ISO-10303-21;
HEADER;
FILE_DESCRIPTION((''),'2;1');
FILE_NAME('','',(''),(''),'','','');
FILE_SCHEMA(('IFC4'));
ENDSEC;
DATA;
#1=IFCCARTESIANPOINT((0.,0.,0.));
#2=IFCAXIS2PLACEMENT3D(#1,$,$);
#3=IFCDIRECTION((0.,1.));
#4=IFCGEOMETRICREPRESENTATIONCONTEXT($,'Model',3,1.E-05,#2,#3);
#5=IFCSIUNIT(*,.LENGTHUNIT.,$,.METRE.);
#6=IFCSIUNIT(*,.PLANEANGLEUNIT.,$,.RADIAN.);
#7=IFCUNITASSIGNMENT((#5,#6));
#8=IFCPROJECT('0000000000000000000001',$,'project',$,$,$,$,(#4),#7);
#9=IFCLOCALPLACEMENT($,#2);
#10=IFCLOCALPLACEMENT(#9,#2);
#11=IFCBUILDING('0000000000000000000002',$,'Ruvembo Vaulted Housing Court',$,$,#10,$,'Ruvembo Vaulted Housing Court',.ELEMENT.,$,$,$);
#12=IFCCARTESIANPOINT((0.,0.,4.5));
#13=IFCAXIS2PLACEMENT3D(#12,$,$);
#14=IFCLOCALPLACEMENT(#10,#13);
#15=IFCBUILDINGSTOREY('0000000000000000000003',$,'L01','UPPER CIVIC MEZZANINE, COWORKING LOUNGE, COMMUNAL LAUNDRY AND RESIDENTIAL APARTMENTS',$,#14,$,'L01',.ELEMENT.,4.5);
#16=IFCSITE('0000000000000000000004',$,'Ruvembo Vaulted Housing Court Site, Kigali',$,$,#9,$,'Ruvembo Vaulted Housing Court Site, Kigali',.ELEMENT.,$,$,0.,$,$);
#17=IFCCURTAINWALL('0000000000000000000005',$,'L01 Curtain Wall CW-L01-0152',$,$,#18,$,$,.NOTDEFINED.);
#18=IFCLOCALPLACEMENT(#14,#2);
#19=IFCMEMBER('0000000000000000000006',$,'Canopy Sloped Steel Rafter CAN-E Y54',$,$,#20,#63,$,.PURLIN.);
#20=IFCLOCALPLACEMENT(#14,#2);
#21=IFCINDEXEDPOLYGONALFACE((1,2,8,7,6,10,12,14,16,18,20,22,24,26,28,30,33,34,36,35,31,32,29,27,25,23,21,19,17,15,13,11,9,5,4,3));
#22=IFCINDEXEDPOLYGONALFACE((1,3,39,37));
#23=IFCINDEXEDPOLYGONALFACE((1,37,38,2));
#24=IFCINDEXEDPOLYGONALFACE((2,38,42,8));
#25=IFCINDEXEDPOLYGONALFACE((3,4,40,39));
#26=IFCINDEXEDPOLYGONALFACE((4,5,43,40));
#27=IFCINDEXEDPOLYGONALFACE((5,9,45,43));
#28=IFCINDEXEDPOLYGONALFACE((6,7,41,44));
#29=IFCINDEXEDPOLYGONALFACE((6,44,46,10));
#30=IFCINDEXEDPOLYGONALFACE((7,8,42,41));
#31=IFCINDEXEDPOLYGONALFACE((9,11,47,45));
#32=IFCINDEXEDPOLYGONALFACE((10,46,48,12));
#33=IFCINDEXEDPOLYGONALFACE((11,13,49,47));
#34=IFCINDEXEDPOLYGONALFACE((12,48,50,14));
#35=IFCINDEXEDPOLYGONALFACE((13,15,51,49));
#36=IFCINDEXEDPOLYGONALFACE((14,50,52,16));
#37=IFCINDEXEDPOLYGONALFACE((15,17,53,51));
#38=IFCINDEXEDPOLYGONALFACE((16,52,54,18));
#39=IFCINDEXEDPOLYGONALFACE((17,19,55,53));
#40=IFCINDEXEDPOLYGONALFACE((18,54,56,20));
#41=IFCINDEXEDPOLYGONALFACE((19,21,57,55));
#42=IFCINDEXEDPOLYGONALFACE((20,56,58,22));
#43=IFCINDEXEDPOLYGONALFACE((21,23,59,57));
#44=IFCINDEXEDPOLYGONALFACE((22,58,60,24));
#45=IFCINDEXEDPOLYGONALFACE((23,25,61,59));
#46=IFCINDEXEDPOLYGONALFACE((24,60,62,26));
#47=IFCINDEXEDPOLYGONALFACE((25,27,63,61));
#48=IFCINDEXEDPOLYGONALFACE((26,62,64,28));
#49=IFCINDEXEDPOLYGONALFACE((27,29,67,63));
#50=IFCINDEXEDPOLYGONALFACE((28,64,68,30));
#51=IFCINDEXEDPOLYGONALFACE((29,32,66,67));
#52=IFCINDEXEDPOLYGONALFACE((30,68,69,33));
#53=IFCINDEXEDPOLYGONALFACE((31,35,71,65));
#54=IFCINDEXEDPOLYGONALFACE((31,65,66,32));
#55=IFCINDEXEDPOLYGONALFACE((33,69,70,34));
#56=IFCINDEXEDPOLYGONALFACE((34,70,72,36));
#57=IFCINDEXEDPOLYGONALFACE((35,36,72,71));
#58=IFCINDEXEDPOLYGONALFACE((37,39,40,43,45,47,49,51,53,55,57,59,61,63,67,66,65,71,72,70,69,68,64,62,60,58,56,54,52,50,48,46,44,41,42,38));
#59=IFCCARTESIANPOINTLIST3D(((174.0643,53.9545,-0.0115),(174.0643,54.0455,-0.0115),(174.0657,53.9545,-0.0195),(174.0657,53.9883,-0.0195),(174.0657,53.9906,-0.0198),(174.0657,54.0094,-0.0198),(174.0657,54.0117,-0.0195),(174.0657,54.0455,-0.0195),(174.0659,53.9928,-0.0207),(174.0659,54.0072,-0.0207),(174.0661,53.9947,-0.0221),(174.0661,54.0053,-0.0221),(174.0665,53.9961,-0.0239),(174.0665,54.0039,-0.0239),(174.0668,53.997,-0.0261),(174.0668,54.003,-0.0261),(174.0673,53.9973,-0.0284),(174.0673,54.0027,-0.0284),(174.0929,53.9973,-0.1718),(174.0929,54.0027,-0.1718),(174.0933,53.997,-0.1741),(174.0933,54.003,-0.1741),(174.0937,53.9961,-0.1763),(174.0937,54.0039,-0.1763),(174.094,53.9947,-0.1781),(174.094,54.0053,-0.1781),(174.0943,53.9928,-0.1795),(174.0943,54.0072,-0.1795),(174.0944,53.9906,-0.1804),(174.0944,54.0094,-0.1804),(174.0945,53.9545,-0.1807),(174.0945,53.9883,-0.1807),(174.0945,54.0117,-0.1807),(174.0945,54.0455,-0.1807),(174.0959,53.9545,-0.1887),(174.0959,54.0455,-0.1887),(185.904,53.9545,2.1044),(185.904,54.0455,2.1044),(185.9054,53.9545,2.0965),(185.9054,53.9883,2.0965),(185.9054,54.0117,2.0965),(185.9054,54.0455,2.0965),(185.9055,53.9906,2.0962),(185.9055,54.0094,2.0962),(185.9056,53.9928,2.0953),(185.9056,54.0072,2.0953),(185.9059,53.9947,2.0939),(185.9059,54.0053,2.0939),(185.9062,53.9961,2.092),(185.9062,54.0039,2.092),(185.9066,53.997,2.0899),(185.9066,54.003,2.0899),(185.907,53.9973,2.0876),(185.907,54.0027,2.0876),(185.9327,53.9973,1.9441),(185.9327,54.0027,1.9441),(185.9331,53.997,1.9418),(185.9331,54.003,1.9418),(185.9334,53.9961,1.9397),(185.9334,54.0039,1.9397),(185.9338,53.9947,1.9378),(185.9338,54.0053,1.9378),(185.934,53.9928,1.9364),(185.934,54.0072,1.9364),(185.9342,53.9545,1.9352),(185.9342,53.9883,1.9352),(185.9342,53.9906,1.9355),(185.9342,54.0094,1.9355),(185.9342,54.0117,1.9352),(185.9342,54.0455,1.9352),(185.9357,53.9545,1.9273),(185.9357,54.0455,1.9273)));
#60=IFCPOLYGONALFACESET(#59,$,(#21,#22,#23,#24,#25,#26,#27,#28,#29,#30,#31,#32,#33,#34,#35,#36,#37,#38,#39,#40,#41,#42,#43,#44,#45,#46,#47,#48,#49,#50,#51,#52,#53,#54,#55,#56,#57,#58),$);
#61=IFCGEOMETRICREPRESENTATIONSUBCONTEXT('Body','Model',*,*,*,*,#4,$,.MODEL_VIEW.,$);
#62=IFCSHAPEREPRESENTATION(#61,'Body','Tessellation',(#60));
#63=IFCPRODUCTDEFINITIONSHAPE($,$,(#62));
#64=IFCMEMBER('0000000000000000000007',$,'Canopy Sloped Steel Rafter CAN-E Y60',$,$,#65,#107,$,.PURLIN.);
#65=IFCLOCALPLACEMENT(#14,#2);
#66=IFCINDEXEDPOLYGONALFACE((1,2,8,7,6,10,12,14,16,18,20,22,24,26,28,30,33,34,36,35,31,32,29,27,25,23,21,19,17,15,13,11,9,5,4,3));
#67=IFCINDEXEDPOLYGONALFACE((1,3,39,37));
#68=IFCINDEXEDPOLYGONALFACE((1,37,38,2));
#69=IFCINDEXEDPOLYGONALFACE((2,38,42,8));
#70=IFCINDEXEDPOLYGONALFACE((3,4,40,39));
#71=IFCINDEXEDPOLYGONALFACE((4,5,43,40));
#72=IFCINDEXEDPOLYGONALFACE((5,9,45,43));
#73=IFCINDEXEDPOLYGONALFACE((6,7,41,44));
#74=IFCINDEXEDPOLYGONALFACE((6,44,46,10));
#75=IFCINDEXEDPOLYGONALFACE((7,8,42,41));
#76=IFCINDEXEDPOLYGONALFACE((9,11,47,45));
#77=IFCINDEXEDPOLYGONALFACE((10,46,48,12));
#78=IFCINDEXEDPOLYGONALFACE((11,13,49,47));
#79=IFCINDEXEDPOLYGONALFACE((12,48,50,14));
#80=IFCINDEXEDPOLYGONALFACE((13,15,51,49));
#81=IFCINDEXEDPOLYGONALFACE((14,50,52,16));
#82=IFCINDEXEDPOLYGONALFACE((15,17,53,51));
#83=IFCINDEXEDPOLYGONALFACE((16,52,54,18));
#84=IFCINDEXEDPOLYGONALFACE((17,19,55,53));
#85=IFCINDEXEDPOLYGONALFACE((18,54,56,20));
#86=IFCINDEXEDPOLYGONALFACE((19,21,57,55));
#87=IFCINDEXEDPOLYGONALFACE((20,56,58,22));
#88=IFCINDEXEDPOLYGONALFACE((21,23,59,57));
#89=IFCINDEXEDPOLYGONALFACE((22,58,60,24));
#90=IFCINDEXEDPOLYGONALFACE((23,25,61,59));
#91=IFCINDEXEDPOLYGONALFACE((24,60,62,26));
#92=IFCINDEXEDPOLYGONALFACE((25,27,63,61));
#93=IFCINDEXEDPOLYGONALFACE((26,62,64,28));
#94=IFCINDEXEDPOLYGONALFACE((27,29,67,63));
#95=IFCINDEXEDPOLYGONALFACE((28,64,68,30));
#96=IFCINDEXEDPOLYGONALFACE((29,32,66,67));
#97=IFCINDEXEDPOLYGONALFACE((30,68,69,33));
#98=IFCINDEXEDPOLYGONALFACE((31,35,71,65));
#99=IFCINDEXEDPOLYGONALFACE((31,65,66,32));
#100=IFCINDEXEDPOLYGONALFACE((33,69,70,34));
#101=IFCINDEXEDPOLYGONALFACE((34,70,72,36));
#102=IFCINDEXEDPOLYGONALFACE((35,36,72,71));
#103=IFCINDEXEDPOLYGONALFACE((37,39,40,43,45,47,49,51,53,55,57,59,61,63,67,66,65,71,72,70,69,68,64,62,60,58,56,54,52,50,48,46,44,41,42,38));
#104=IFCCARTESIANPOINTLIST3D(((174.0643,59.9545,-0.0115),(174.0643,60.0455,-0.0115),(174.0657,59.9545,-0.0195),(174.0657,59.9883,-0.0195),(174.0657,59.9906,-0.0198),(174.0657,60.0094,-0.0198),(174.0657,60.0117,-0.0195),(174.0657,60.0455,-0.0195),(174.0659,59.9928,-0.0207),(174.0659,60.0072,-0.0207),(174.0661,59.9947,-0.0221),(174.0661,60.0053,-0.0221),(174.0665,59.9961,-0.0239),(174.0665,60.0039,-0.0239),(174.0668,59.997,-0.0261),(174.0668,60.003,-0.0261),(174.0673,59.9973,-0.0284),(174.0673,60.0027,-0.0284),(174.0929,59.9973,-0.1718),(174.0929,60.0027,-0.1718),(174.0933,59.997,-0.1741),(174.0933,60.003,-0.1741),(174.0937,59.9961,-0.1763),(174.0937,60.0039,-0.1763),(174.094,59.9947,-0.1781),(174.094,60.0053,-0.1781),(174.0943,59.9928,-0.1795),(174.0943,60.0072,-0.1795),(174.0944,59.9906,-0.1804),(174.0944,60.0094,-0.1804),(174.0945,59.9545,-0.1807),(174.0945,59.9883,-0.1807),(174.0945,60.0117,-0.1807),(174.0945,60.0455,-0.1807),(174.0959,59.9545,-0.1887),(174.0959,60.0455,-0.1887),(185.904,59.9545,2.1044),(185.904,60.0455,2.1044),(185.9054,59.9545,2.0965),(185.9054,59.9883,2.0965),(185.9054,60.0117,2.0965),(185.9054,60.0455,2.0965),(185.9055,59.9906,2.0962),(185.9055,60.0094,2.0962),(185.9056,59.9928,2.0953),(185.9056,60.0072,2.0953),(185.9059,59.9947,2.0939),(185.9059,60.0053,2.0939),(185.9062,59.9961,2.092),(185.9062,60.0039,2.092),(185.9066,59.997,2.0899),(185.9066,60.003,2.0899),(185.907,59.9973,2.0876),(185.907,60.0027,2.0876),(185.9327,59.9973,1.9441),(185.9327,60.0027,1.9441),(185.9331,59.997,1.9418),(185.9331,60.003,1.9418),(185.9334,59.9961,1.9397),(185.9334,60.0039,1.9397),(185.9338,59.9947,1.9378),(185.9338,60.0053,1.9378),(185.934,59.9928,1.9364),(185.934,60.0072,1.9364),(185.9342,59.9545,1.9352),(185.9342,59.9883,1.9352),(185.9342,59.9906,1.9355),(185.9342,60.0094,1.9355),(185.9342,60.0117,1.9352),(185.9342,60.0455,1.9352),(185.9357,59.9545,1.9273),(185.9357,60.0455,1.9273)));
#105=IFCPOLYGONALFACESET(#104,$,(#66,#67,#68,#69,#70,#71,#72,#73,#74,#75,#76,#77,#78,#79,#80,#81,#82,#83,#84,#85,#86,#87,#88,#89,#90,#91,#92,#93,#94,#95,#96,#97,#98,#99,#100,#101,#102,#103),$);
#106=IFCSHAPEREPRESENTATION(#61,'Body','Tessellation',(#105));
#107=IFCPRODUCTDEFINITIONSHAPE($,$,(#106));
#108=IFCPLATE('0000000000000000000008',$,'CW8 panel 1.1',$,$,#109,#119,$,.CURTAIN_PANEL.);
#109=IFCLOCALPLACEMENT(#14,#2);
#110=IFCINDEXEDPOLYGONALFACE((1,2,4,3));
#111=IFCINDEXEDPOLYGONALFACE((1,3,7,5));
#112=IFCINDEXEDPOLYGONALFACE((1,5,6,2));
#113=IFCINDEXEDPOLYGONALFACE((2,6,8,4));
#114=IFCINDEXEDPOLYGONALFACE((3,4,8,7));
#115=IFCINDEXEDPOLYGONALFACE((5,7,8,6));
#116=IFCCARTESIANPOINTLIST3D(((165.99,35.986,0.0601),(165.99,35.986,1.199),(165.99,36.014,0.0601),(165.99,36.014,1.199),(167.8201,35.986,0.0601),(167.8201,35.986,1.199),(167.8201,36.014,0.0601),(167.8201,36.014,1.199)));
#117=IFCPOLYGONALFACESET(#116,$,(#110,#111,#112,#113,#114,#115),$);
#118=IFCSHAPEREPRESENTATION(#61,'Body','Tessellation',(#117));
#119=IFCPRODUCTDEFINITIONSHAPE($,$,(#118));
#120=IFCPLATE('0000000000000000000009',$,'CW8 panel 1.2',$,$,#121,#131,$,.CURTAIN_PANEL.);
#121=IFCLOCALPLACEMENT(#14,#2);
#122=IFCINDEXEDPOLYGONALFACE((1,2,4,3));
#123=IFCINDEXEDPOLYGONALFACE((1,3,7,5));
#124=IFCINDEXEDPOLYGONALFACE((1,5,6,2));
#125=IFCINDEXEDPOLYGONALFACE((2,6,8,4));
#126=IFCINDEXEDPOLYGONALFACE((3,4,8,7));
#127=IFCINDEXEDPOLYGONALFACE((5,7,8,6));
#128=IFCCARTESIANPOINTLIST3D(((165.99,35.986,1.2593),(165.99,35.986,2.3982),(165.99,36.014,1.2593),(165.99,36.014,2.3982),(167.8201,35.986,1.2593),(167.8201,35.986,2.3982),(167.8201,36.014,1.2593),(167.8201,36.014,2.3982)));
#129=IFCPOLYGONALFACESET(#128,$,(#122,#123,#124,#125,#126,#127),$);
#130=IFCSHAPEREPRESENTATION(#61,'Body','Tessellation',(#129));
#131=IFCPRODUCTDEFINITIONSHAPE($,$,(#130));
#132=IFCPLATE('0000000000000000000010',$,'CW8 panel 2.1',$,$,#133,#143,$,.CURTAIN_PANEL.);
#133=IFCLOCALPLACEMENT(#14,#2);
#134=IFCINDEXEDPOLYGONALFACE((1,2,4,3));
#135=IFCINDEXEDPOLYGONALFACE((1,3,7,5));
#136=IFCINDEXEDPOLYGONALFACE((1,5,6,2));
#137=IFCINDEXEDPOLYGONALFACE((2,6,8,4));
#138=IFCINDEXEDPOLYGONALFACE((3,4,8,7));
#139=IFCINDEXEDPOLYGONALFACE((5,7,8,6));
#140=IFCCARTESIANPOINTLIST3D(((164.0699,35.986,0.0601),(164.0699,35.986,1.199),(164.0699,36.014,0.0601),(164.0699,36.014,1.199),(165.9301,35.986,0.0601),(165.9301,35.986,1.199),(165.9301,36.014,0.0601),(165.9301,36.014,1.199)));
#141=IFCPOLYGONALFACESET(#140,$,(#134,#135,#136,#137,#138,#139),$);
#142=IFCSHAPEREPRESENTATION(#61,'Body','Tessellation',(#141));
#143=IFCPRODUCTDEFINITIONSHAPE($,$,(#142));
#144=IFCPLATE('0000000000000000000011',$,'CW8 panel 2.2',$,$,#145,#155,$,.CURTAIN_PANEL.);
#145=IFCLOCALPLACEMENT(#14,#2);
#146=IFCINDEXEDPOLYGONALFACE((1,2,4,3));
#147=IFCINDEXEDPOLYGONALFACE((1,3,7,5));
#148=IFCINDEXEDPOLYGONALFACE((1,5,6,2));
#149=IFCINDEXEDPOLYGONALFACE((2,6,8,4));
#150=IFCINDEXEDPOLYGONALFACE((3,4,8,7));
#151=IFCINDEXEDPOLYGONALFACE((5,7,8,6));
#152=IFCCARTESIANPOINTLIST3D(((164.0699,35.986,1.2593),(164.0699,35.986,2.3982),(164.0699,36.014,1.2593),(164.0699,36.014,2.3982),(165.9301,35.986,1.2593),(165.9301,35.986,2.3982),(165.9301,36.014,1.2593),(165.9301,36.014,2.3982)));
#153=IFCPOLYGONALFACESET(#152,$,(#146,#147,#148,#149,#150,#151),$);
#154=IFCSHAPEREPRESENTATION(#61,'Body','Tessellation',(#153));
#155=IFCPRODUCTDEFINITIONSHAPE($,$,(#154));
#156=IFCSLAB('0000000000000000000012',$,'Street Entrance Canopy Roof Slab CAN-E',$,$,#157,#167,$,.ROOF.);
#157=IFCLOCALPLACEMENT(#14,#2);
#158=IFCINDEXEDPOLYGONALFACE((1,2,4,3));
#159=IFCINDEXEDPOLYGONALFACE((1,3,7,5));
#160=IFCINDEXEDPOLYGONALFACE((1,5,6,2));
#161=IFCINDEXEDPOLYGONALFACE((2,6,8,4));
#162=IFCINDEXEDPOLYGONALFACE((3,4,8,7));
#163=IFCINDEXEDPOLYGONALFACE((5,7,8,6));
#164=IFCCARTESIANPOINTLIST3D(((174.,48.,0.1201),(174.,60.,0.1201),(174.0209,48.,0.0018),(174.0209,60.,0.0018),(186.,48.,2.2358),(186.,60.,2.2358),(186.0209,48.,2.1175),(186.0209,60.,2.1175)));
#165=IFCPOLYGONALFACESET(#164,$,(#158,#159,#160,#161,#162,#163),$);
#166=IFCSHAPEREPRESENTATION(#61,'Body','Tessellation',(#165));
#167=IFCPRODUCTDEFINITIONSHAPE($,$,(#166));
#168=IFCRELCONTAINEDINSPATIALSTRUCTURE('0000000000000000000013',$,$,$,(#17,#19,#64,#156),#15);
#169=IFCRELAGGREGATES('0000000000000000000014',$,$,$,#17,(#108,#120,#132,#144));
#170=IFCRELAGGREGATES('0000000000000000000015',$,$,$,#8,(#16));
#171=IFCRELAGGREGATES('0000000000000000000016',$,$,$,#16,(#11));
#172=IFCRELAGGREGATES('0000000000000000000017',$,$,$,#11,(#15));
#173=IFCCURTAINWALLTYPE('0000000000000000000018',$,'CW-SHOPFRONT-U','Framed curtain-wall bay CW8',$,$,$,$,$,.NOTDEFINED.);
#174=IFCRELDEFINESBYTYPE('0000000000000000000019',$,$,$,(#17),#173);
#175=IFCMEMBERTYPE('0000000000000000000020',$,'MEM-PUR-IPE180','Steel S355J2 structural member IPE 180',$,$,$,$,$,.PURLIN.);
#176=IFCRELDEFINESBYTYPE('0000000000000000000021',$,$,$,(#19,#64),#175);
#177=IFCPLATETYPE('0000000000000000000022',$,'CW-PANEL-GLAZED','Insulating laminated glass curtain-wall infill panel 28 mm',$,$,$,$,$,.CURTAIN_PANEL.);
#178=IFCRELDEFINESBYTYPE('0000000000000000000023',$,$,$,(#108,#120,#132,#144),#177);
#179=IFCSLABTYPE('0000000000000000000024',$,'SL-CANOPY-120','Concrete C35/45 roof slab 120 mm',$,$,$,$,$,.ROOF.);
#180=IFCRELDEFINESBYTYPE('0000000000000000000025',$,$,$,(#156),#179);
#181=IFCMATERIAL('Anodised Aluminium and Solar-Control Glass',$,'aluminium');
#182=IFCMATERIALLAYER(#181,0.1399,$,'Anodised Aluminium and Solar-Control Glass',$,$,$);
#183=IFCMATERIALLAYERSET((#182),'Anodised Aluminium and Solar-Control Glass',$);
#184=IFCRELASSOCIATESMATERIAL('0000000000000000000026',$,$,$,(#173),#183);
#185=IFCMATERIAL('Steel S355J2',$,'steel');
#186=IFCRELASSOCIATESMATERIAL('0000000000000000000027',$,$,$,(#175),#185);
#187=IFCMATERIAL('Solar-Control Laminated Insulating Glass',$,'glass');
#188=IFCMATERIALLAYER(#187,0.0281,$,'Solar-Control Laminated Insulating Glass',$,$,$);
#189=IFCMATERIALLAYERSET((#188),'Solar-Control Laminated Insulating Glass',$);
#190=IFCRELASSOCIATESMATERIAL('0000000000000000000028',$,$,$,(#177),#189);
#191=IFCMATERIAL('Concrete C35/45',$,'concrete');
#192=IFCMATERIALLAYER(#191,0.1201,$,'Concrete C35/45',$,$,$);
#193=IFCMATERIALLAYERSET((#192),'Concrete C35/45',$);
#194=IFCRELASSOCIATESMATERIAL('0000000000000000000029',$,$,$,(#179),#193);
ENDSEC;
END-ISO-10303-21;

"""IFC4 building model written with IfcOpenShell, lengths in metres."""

from ifc_helpers import new_model, si_unit, direction, frame, origin, origin_2d, place, context, subcontext, project, spatial, polyline, rectangle, i_section, outline, extrude, material, layer, layer_set, material_profile, profile_set, type_object, element, aggregate, save


model = new_model("IFC4")

# Units and contexts
model_context = context("Model", 3, precision=1e-05, world=origin(), true_north=direction((0.0, 1.0)))
body_context = subcontext(model_context, "Body", "Model", "MODEL_VIEW")
ifc_project = project(units=[si_unit("LENGTHUNIT", "METRE"), si_unit("PLANEANGLEUNIT", "RADIAN")], contexts=[model_context])

# Site, building, storey
site_placement = place(None, origin())
site = spatial("IfcSite", under=ifc_project, at=site_placement, Name="Ruvembo Vaulted Housing Court Site, Kigali", LongName="Ruvembo Vaulted Housing Court Site, Kigali", CompositionType="ELEMENT", RefElevation=0.0)
building_placement = place(site_placement, origin())
building = spatial("IfcBuilding", under=site, at=building_placement, Name="Ruvembo Vaulted Housing Court", LongName="Ruvembo Vaulted Housing Court", CompositionType="ELEMENT")
storey_placement = place(building_placement, frame((0.0, 0.0, 4.5)))
storey = spatial("IfcBuildingStorey", under=building, at=storey_placement, Name="L01", Description="UPPER CIVIC MEZZANINE, COWORKING LOUNGE, COMMUNAL LAUNDRY AND RESIDENTIAL APARTMENTS", LongName="L01", CompositionType="ELEMENT", Elevation=4.5)

# Shared definitions
ifc_material_1 = material(Name="Steel S355J2", Category="steel")

# Curtain wall
ifc_material_2 = material(Name="Anodised Aluminium and Solar-Control Glass", Category="aluminium")
ifc_layer_1 = layer(ifc_material_2, 0.1399, Name="Anodised Aluminium and Solar-Control Glass")
ifc_layer_set_1 = layer_set([ifc_layer_1], Name="Anodised Aluminium and Solar-Control Glass")
curtain_wall_type = type_object("IfcCurtainWallType", Name="CW-SHOPFRONT-U", Description="Framed curtain-wall bay CW8", PredefinedType="NOTDEFINED", material=ifc_layer_set_1)
curtain_wall_placement = place(storey_placement, origin())
curtain_wall = element("IfcCurtainWall", 1, at=curtain_wall_placement, inside=storey, type_object=curtain_wall_type, Name="L01 Curtain Wall CW-L01-0152", PredefinedType="NOTDEFINED")

# Members
ifc_material_profile_1 = material_profile(ifc_material_1, i_section(OverallWidth=0.0911, OverallDepth=0.1799, WebThickness=0.0054, FlangeThickness=0.0081, FilletRadius=0.009, at=origin_2d()), Name="IPE 180")
ifc_profile_set_1 = profile_set([ifc_material_profile_1], Name="Steel S355J2")
member_type_1 = type_object("IfcMemberType", Name="MEM-PUR-IPE180", Description="Steel S355J2 structural member IPE 180", PredefinedType="PURLIN", material=ifc_profile_set_1)
for number, where, z_axis, x_axis, name in (
    (2, (174.0801, 54.0, -0.1001), (0.984403, 0.0, 0.175928), (0.0, 1.0, 0.0), "Canopy Sloped Steel Rafter CAN-E Y54"),
    (3, (174.0801, 60.0, -0.1001), (0.984403, 0.0, 0.175928), (0.0, 1.0, 0.0), "Canopy Sloped Steel Rafter CAN-E Y60"),
):
    element("IfcMember", number, at=place(storey_placement, frame(where, z_axis=z_axis, x_axis=x_axis)), inside=storey, type_object=member_type_1, Name=name, PredefinedType="PURLIN", context=body_context, shape_type="SweptSolid", body=[
        extrude(i_section(OverallWidth=0.0911, OverallDepth=0.1799, WebThickness=0.0054, FlangeThickness=0.0081, FilletRadius=0.009, at=origin_2d()), origin(), (0.0, 0.0, 1.0), 12.0273),
    ])

# Plates
ifc_material_3 = material(Name="Solar-Control Laminated Insulating Glass", Category="glass")
ifc_layer_2 = layer(ifc_material_3, 0.0281, Name="Solar-Control Laminated Insulating Glass")
ifc_layer_set_2 = layer_set([ifc_layer_2], Name="Solar-Control Laminated Insulating Glass")
plate_type = type_object("IfcPlateType", Name="CW-PANEL-GLAZED", Description="Insulating laminated glass curtain-wall infill panel 28 mm", PredefinedType="CURTAIN_PANEL", material=ifc_layer_set_2)
plate_1_placement = place(storey_placement, frame((166.905, 36.0, 0.0601), z_axis=(0.0, 0.0, 1.0), x_axis=(-1.0, 0.0, 0.0)))
plate_1 = element("IfcPlate", 4, at=plate_1_placement, type_object=plate_type, Name="CW8 panel 1.1", PredefinedType="CURTAIN_PANEL", context=body_context, shape_type="SweptSolid", body=[
    extrude(rectangle(XDim=1.8301, YDim=0.0281, at=origin_2d()), origin(), (0.0, 0.0, 1.0), 1.1389),
])
plate_2_placement = place(storey_placement, frame((166.905, 36.0, 1.2593), z_axis=(0.0, 0.0, 1.0), x_axis=(-1.0, 0.0, 0.0)))
plate_2 = element("IfcPlate", 5, at=plate_2_placement, type_object=plate_type, Name="CW8 panel 1.2", PredefinedType="CURTAIN_PANEL", context=body_context, shape_type="SweptSolid", body=[
    extrude(rectangle(XDim=1.8301, YDim=0.0281, at=origin_2d()), origin(), (0.0, 0.0, 1.0), 1.1389),
])
plate_3_placement = place(storey_placement, frame((165.0, 36.0, 0.0601), z_axis=(0.0, 0.0, 1.0), x_axis=(-1.0, 0.0, 0.0)))
plate_3 = element("IfcPlate", 6, at=plate_3_placement, type_object=plate_type, Name="CW8 panel 2.1", PredefinedType="CURTAIN_PANEL", context=body_context, shape_type="SweptSolid", body=[
    extrude(rectangle(XDim=1.8601, YDim=0.0281, at=origin_2d()), origin(), (0.0, 0.0, 1.0), 1.1389),
])
plate_4_placement = place(storey_placement, frame((165.0, 36.0, 1.2593), z_axis=(0.0, 0.0, 1.0), x_axis=(-1.0, 0.0, 0.0)))
plate_4 = element("IfcPlate", 7, at=plate_4_placement, type_object=plate_type, Name="CW8 panel 2.2", PredefinedType="CURTAIN_PANEL", context=body_context, shape_type="SweptSolid", body=[
    extrude(rectangle(XDim=1.8601, YDim=0.0281, at=origin_2d()), origin(), (0.0, 0.0, 1.0), 1.1389),
])
aggregate(curtain_wall, [plate_1, plate_2, plate_3, plate_4])

# Slab
ifc_material_4 = material(Name="Concrete C35/45", Category="concrete")
ifc_layer_3 = layer(ifc_material_4, 0.1201, Name="Concrete C35/45")
ifc_layer_set_3 = layer_set([ifc_layer_3], Name="Concrete C35/45")
slab_type = type_object("IfcSlabType", Name="SL-CANOPY-120", Description="Concrete C35/45 roof slab 120 mm", PredefinedType="ROOF", material=ifc_layer_set_3)
slab_placement = place(storey_placement, frame((174.0, 48.0, 0.1201), z_axis=(-0.173632, 0.0, 0.984811), x_axis=(0.984811, 0.0, 0.173632)))
element("IfcSlab", 8, at=slab_placement, inside=storey, type_object=slab_type, Name="Street Entrance Canopy Roof Slab CAN-E", PredefinedType="ROOF", context=body_context, shape_type="SweptSolid", body=[
    extrude(outline(polyline([(0.0, 0.0), (12.1851, 0.0), (12.1851, 12.0), (0.0, 12.0), (0.0, 0.0)])), origin(), (0.0, 0.0, -1.0), 0.1201),
])

save(model, "model.ifc")
